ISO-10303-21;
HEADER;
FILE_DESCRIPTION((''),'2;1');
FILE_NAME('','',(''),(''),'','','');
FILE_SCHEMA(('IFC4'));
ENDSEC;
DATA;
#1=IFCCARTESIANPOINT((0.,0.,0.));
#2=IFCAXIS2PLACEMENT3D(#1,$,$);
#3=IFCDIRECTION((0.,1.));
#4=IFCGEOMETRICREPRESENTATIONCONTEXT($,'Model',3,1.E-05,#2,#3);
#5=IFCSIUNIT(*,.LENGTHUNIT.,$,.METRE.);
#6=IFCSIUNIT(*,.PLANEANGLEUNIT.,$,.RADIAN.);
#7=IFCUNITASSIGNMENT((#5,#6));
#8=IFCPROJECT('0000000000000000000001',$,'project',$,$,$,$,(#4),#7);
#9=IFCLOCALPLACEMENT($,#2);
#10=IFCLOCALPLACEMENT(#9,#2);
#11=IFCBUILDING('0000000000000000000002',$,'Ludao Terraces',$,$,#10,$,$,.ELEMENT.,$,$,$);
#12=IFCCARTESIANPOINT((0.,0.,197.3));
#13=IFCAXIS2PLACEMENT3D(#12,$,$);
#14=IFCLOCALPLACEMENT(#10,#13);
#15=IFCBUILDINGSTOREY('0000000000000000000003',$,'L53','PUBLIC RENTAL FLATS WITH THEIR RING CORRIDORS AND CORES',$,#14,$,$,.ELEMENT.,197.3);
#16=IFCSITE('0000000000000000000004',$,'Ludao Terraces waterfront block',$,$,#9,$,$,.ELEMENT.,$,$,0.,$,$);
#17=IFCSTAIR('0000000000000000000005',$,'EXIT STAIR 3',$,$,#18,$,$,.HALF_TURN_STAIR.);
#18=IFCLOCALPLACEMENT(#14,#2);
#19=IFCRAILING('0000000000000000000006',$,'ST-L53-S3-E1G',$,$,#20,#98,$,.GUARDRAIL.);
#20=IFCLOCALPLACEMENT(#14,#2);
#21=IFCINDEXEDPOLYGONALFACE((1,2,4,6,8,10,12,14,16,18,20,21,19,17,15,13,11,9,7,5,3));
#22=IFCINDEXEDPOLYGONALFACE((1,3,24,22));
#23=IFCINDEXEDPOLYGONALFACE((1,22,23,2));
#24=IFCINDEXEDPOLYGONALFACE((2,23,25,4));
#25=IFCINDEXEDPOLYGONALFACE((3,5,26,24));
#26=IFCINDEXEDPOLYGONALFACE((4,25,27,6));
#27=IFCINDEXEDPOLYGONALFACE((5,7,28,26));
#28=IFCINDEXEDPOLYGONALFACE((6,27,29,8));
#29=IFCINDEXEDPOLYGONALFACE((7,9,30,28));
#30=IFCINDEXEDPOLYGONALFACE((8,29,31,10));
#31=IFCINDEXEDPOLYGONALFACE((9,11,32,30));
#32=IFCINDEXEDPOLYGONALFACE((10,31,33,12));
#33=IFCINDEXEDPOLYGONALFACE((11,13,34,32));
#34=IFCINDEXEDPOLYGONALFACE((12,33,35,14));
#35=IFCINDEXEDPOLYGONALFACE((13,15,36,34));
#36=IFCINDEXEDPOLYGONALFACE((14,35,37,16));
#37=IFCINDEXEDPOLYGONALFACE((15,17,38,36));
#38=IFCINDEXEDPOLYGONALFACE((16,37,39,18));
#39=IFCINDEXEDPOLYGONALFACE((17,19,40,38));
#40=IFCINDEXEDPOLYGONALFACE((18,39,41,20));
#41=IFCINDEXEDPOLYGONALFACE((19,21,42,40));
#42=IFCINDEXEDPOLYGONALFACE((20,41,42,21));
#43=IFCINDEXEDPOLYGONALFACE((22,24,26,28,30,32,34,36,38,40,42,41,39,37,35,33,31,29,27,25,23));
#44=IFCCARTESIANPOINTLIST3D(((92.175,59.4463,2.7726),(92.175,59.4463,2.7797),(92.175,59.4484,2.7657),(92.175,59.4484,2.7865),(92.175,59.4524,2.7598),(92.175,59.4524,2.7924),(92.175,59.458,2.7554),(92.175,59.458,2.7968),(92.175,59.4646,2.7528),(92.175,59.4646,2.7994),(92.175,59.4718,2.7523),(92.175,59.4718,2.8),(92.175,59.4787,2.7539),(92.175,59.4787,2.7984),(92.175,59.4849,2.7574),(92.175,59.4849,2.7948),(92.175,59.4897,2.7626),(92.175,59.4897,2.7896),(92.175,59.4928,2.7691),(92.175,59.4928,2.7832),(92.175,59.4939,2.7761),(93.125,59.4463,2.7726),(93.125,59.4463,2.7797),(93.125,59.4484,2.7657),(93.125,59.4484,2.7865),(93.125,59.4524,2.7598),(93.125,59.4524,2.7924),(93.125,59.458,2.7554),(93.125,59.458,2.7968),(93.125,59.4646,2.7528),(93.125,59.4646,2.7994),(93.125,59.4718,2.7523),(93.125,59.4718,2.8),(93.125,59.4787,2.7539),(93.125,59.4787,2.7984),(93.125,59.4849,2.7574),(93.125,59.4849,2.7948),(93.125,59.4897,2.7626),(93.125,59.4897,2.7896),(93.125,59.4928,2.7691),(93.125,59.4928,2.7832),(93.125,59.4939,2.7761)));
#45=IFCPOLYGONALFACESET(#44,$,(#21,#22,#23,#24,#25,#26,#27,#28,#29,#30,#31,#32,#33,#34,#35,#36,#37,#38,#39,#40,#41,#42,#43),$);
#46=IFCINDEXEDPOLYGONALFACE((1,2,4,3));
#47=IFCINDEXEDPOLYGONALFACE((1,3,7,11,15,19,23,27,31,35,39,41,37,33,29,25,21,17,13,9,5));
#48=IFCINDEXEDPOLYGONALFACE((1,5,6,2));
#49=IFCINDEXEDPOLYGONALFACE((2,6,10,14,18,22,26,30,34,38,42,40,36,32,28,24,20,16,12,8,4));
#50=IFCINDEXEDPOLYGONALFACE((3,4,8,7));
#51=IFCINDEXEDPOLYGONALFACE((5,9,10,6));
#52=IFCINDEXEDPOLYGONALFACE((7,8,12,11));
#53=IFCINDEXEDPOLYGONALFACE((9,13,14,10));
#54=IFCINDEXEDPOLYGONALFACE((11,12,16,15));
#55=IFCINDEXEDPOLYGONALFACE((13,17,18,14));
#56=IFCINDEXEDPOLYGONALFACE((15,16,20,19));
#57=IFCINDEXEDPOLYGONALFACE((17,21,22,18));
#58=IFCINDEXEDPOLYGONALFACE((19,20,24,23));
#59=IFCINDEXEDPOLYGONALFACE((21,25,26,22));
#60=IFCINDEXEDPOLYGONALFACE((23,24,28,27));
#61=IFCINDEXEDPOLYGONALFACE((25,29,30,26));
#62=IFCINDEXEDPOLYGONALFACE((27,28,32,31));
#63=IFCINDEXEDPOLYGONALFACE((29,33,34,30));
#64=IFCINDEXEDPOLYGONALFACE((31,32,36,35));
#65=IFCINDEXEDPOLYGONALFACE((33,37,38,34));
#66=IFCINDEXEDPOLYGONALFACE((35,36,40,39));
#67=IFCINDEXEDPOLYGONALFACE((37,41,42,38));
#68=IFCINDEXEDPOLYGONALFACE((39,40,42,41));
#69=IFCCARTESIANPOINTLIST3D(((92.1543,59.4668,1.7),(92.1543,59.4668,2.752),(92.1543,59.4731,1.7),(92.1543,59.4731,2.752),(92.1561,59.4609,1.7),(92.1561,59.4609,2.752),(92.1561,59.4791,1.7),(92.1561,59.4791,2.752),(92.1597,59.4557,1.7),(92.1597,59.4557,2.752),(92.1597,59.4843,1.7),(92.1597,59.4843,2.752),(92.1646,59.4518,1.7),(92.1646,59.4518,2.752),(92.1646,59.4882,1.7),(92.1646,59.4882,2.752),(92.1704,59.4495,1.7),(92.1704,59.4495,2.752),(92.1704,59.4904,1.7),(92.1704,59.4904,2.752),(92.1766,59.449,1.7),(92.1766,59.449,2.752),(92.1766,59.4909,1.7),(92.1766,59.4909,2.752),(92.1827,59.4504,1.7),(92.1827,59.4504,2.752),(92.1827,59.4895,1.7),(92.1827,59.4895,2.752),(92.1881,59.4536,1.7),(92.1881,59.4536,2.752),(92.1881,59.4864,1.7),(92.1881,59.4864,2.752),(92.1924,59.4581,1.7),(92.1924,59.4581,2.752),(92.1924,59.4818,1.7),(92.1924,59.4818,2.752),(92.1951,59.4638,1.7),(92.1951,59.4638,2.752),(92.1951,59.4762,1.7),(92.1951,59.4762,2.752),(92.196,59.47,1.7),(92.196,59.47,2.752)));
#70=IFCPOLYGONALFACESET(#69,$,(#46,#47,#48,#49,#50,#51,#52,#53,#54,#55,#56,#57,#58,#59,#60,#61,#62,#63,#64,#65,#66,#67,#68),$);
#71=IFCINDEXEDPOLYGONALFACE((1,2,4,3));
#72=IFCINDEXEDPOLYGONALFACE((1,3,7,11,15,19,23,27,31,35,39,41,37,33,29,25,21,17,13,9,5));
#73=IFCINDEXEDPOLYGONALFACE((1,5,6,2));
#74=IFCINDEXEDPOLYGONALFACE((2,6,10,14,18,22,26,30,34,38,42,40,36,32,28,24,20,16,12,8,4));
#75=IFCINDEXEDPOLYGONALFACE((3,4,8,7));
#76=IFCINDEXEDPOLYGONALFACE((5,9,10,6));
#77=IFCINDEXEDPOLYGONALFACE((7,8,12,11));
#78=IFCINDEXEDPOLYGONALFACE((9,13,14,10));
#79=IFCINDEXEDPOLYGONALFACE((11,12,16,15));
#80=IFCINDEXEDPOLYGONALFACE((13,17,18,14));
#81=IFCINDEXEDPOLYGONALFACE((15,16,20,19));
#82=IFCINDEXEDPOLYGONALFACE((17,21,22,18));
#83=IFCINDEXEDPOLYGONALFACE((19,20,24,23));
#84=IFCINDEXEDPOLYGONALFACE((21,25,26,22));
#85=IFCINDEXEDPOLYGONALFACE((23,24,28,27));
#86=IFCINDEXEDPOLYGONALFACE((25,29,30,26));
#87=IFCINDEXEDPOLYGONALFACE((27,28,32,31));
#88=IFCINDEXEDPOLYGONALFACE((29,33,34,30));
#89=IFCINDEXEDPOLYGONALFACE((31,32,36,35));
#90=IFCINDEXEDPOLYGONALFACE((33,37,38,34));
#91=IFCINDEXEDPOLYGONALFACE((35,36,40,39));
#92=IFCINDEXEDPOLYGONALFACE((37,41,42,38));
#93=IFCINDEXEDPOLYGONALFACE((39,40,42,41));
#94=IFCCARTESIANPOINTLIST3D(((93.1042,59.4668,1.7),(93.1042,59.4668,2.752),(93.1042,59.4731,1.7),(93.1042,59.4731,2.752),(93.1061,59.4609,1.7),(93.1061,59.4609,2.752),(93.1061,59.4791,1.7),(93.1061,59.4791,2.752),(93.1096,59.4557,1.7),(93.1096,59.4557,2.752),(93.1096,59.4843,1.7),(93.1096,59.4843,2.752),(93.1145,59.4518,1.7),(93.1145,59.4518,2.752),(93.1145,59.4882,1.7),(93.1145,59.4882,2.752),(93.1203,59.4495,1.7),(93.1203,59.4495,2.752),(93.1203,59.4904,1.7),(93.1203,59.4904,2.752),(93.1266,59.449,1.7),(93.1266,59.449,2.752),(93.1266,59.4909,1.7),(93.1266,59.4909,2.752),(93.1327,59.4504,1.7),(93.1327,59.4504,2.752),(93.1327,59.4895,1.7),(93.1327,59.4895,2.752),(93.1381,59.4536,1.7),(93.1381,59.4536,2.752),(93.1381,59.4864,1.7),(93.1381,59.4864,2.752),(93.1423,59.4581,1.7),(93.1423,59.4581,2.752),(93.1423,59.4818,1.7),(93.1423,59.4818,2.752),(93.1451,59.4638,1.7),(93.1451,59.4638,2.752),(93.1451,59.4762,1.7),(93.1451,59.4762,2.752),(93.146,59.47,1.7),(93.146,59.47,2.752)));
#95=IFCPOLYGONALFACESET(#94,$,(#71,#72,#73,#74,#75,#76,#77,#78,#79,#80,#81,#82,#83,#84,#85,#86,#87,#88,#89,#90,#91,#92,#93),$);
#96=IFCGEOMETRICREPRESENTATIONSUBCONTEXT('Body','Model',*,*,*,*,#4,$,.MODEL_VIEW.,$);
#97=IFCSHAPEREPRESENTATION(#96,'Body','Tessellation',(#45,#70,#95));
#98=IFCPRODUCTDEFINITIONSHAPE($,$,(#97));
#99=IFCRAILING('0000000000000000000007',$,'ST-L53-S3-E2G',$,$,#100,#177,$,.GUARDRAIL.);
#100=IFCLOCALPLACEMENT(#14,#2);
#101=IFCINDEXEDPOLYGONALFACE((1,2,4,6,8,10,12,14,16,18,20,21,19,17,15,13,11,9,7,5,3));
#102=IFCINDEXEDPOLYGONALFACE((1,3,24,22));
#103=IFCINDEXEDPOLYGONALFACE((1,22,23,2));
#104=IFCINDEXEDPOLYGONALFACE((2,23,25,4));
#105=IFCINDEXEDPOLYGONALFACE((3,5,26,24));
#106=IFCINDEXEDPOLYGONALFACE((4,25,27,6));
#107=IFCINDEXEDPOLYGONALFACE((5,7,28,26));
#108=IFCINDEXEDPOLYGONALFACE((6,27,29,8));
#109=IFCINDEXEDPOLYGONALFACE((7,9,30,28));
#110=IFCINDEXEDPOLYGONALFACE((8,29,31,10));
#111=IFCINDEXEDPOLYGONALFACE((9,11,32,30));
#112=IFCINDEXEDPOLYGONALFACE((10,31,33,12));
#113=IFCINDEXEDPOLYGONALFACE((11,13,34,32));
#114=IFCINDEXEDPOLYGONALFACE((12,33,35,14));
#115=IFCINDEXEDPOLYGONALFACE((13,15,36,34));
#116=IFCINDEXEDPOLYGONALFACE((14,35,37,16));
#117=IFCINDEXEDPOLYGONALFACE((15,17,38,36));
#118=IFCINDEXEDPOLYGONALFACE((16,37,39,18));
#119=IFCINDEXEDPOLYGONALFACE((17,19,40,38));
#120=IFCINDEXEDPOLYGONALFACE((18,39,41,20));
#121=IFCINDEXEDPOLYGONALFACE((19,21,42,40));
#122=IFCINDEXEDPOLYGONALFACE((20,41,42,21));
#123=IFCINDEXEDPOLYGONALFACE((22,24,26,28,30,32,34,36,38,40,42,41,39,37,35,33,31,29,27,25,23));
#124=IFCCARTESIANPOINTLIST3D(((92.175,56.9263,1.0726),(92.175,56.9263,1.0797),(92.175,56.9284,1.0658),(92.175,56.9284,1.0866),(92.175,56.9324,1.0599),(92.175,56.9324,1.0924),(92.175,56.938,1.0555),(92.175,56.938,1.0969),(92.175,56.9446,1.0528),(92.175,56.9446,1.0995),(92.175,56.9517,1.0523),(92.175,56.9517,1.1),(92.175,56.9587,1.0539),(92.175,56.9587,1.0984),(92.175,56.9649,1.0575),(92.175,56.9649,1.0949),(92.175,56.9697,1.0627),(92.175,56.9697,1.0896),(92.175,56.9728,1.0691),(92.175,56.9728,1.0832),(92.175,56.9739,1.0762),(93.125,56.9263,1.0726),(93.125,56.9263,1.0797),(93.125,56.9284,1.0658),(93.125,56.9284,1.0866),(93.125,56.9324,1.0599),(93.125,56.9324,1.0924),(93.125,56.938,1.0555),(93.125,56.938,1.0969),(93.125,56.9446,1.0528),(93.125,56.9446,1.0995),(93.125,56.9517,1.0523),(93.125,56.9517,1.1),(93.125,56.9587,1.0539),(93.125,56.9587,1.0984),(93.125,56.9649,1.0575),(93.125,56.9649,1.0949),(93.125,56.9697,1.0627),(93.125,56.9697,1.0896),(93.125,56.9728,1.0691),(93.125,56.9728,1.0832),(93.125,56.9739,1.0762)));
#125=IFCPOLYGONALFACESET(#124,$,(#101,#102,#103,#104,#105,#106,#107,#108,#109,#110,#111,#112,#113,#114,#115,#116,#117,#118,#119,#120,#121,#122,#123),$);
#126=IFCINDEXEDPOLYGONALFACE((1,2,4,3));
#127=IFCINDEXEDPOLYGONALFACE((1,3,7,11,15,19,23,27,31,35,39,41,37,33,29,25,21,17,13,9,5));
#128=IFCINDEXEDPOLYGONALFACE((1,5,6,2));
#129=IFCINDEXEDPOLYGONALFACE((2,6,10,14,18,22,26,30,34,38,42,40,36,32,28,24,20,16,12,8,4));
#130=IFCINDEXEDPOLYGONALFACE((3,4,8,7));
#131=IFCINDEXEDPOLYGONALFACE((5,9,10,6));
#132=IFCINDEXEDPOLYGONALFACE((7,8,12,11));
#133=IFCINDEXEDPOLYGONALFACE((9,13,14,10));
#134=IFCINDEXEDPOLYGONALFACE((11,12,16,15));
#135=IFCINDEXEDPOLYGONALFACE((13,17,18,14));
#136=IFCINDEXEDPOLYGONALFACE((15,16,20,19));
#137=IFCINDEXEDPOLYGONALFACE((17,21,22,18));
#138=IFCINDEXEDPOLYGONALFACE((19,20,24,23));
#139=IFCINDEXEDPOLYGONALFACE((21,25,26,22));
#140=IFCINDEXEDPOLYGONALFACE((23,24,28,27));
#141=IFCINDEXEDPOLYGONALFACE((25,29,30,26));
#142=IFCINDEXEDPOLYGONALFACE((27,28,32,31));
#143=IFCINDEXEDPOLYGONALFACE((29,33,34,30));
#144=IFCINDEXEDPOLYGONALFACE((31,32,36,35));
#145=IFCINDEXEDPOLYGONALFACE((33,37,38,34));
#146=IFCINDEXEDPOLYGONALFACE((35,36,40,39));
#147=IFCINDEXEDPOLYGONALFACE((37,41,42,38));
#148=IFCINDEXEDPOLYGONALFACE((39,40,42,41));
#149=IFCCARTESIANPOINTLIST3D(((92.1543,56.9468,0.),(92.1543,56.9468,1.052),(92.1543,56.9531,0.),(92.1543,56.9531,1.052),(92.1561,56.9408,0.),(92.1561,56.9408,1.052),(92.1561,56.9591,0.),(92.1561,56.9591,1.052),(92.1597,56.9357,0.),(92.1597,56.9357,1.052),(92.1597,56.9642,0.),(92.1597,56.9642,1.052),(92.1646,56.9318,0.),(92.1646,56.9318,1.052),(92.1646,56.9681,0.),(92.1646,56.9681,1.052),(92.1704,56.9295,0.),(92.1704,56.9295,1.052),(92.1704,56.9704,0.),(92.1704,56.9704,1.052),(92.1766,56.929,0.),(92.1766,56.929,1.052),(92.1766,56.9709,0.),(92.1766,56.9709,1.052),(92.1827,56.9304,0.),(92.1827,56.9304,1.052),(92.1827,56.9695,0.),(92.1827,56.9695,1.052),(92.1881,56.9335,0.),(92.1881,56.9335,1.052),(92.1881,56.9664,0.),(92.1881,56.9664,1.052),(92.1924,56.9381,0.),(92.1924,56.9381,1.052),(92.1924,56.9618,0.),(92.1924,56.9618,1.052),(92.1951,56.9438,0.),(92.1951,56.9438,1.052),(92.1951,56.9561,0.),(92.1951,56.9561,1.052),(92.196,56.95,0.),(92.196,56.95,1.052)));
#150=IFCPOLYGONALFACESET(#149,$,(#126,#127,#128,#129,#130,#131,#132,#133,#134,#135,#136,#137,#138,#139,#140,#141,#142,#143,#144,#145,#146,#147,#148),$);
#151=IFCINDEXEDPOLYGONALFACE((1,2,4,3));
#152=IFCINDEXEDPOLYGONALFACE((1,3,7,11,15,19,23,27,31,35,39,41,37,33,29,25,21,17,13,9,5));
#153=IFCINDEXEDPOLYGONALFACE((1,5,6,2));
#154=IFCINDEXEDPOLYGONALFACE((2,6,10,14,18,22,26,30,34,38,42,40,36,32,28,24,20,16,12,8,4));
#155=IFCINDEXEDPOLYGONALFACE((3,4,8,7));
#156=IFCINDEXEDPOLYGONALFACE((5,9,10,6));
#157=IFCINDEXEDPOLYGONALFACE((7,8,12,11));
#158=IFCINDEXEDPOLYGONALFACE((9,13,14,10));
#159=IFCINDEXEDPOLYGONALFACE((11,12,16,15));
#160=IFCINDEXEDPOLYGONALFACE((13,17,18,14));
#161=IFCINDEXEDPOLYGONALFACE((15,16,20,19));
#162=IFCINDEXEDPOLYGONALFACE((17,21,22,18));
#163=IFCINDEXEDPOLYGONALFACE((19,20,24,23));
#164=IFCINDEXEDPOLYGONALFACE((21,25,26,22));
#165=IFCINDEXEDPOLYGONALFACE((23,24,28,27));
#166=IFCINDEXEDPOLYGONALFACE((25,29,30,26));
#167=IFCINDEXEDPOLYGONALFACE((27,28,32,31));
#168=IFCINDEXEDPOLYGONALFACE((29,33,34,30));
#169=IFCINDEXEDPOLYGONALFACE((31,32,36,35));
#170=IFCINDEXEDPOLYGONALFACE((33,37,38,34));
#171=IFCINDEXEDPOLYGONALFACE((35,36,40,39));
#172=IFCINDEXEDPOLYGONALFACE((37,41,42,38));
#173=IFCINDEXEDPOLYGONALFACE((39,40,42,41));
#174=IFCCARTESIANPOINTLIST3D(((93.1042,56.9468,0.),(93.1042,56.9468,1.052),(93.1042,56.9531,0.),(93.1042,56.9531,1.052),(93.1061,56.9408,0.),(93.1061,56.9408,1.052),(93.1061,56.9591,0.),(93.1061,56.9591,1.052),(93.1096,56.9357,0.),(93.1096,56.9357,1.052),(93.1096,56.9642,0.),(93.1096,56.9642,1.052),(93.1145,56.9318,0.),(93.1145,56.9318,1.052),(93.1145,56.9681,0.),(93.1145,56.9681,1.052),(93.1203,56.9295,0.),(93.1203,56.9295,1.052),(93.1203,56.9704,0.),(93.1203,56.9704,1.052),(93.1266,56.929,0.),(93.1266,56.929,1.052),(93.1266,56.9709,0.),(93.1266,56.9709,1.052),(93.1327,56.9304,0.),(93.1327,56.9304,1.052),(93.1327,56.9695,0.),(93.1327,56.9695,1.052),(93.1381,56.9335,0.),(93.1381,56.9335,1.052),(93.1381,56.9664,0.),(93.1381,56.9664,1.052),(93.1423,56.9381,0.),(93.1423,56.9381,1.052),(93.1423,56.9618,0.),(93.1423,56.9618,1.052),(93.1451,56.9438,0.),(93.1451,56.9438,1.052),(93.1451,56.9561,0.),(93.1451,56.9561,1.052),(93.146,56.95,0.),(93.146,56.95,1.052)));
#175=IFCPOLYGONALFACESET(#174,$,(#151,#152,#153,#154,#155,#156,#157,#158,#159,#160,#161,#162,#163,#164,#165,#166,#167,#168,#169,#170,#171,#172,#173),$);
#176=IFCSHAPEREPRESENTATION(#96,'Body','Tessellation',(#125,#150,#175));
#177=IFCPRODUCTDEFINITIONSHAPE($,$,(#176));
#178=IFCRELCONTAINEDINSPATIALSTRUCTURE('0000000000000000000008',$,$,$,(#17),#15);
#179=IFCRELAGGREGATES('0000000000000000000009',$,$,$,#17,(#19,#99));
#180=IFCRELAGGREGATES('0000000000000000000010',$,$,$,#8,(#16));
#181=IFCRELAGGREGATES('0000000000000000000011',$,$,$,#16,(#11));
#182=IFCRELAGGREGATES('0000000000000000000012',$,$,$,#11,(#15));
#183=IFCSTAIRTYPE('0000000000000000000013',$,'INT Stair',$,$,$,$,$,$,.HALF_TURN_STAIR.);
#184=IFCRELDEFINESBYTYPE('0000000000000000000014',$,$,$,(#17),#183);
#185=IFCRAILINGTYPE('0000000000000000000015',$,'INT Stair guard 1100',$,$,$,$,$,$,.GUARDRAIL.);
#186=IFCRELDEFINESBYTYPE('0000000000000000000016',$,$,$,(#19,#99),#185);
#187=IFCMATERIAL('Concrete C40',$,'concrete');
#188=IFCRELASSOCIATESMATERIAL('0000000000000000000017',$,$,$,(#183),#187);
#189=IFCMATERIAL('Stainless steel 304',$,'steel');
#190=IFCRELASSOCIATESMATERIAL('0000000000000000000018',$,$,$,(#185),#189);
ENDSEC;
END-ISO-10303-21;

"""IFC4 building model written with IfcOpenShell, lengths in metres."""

from ifc_helpers import new_model, si_unit, direction, frame, origin, origin_2d, place, context, subcontext, project, spatial, circle, extrude, material, type_object, element, aggregate, save


model = new_model("IFC4")

# Units and contexts
model_context = context("Model", 3, precision=1e-05, world=origin(), true_north=direction((0.0, 1.0)))
body_context = subcontext(model_context, "Body", "Model", "MODEL_VIEW")
ifc_project = project(units=[si_unit("LENGTHUNIT", "METRE"), si_unit("PLANEANGLEUNIT", "RADIAN")], contexts=[model_context])

# Site, building, storey
site_placement = place(None, origin())
site = spatial("IfcSite", under=ifc_project, at=site_placement, Name="Ludao Terraces waterfront block", CompositionType="ELEMENT", RefElevation=0.0)
building_placement = place(site_placement, origin())
building = spatial("IfcBuilding", under=site, at=building_placement, Name="Ludao Terraces", CompositionType="ELEMENT")
storey_placement = place(building_placement, frame((0.0, 0.0, 197.3)))
storey = spatial("IfcBuildingStorey", under=building, at=storey_placement, Name="L53", Description="PUBLIC RENTAL FLATS WITH THEIR RING CORRIDORS AND CORES", CompositionType="ELEMENT", Elevation=197.3)

# Shared definitions
ifc_material_1 = material(Name="Concrete C40", Category="concrete")

# Stair, railings
stair_type = type_object("IfcStairType", Name="INT Stair", PredefinedType="HALF_TURN_STAIR", material=ifc_material_1)
stair_placement = place(storey_placement, origin())
stair = element("IfcStair", 1, at=stair_placement, inside=storey, type_object=stair_type, Name="EXIT STAIR 3", PredefinedType="HALF_TURN_STAIR")
ifc_material_2 = material(Name="Stainless steel 304", Category="steel")
railing_type_1 = type_object("IfcRailingType", Name="INT Stair guard 1100", PredefinedType="GUARDRAIL", material=ifc_material_2)
railing_1_placement = place(storey_placement, frame((92.175, 59.47, 1.7)))
railing_1 = element("IfcRailing", 2, at=railing_1_placement, type_object=railing_type_1, Name="ST-L53-S3-E1G", PredefinedType="GUARDRAIL", context=body_context, shape_type="SweptSolid", body=[
    extrude(circle(Radius=0.0239, at=origin_2d()), frame((0.0, 0.0, 1.0762), z_axis=(1.0, 0.0, 0.0), x_axis=(0.0, 1.0, 0.0)), (0.0, 0.0, 1.0), 0.95),
    extrude(circle(Radius=0.021, at=origin_2d()), origin(), (0.0, 0.0, 1.0), 1.052),
    extrude(circle(Radius=0.021, at=origin_2d()), frame((0.95, 0.0, 0.0)), (0.0, 0.0, 1.0), 1.052),
])
railing_2_placement = place(storey_placement, frame((92.175, 56.95, 0.0)))
railing_2 = element("IfcRailing", 3, at=railing_2_placement, type_object=railing_type_1, Name="ST-L53-S3-E2G", PredefinedType="GUARDRAIL", context=body_context, shape_type="SweptSolid", body=[
    extrude(circle(Radius=0.0239, at=origin_2d()), frame((0.0, 0.0, 1.0762), z_axis=(1.0, 0.0, 0.0), x_axis=(0.0, 1.0, 0.0)), (0.0, 0.0, 1.0), 0.95),
    extrude(circle(Radius=0.021, at=origin_2d()), origin(), (0.0, 0.0, 1.0), 1.052),
    extrude(circle(Radius=0.021, at=origin_2d()), frame((0.95, 0.0, 0.0)), (0.0, 0.0, 1.0), 1.052),
])
aggregate(stair, [railing_1, railing_2])

save(model, "model.ifc")
